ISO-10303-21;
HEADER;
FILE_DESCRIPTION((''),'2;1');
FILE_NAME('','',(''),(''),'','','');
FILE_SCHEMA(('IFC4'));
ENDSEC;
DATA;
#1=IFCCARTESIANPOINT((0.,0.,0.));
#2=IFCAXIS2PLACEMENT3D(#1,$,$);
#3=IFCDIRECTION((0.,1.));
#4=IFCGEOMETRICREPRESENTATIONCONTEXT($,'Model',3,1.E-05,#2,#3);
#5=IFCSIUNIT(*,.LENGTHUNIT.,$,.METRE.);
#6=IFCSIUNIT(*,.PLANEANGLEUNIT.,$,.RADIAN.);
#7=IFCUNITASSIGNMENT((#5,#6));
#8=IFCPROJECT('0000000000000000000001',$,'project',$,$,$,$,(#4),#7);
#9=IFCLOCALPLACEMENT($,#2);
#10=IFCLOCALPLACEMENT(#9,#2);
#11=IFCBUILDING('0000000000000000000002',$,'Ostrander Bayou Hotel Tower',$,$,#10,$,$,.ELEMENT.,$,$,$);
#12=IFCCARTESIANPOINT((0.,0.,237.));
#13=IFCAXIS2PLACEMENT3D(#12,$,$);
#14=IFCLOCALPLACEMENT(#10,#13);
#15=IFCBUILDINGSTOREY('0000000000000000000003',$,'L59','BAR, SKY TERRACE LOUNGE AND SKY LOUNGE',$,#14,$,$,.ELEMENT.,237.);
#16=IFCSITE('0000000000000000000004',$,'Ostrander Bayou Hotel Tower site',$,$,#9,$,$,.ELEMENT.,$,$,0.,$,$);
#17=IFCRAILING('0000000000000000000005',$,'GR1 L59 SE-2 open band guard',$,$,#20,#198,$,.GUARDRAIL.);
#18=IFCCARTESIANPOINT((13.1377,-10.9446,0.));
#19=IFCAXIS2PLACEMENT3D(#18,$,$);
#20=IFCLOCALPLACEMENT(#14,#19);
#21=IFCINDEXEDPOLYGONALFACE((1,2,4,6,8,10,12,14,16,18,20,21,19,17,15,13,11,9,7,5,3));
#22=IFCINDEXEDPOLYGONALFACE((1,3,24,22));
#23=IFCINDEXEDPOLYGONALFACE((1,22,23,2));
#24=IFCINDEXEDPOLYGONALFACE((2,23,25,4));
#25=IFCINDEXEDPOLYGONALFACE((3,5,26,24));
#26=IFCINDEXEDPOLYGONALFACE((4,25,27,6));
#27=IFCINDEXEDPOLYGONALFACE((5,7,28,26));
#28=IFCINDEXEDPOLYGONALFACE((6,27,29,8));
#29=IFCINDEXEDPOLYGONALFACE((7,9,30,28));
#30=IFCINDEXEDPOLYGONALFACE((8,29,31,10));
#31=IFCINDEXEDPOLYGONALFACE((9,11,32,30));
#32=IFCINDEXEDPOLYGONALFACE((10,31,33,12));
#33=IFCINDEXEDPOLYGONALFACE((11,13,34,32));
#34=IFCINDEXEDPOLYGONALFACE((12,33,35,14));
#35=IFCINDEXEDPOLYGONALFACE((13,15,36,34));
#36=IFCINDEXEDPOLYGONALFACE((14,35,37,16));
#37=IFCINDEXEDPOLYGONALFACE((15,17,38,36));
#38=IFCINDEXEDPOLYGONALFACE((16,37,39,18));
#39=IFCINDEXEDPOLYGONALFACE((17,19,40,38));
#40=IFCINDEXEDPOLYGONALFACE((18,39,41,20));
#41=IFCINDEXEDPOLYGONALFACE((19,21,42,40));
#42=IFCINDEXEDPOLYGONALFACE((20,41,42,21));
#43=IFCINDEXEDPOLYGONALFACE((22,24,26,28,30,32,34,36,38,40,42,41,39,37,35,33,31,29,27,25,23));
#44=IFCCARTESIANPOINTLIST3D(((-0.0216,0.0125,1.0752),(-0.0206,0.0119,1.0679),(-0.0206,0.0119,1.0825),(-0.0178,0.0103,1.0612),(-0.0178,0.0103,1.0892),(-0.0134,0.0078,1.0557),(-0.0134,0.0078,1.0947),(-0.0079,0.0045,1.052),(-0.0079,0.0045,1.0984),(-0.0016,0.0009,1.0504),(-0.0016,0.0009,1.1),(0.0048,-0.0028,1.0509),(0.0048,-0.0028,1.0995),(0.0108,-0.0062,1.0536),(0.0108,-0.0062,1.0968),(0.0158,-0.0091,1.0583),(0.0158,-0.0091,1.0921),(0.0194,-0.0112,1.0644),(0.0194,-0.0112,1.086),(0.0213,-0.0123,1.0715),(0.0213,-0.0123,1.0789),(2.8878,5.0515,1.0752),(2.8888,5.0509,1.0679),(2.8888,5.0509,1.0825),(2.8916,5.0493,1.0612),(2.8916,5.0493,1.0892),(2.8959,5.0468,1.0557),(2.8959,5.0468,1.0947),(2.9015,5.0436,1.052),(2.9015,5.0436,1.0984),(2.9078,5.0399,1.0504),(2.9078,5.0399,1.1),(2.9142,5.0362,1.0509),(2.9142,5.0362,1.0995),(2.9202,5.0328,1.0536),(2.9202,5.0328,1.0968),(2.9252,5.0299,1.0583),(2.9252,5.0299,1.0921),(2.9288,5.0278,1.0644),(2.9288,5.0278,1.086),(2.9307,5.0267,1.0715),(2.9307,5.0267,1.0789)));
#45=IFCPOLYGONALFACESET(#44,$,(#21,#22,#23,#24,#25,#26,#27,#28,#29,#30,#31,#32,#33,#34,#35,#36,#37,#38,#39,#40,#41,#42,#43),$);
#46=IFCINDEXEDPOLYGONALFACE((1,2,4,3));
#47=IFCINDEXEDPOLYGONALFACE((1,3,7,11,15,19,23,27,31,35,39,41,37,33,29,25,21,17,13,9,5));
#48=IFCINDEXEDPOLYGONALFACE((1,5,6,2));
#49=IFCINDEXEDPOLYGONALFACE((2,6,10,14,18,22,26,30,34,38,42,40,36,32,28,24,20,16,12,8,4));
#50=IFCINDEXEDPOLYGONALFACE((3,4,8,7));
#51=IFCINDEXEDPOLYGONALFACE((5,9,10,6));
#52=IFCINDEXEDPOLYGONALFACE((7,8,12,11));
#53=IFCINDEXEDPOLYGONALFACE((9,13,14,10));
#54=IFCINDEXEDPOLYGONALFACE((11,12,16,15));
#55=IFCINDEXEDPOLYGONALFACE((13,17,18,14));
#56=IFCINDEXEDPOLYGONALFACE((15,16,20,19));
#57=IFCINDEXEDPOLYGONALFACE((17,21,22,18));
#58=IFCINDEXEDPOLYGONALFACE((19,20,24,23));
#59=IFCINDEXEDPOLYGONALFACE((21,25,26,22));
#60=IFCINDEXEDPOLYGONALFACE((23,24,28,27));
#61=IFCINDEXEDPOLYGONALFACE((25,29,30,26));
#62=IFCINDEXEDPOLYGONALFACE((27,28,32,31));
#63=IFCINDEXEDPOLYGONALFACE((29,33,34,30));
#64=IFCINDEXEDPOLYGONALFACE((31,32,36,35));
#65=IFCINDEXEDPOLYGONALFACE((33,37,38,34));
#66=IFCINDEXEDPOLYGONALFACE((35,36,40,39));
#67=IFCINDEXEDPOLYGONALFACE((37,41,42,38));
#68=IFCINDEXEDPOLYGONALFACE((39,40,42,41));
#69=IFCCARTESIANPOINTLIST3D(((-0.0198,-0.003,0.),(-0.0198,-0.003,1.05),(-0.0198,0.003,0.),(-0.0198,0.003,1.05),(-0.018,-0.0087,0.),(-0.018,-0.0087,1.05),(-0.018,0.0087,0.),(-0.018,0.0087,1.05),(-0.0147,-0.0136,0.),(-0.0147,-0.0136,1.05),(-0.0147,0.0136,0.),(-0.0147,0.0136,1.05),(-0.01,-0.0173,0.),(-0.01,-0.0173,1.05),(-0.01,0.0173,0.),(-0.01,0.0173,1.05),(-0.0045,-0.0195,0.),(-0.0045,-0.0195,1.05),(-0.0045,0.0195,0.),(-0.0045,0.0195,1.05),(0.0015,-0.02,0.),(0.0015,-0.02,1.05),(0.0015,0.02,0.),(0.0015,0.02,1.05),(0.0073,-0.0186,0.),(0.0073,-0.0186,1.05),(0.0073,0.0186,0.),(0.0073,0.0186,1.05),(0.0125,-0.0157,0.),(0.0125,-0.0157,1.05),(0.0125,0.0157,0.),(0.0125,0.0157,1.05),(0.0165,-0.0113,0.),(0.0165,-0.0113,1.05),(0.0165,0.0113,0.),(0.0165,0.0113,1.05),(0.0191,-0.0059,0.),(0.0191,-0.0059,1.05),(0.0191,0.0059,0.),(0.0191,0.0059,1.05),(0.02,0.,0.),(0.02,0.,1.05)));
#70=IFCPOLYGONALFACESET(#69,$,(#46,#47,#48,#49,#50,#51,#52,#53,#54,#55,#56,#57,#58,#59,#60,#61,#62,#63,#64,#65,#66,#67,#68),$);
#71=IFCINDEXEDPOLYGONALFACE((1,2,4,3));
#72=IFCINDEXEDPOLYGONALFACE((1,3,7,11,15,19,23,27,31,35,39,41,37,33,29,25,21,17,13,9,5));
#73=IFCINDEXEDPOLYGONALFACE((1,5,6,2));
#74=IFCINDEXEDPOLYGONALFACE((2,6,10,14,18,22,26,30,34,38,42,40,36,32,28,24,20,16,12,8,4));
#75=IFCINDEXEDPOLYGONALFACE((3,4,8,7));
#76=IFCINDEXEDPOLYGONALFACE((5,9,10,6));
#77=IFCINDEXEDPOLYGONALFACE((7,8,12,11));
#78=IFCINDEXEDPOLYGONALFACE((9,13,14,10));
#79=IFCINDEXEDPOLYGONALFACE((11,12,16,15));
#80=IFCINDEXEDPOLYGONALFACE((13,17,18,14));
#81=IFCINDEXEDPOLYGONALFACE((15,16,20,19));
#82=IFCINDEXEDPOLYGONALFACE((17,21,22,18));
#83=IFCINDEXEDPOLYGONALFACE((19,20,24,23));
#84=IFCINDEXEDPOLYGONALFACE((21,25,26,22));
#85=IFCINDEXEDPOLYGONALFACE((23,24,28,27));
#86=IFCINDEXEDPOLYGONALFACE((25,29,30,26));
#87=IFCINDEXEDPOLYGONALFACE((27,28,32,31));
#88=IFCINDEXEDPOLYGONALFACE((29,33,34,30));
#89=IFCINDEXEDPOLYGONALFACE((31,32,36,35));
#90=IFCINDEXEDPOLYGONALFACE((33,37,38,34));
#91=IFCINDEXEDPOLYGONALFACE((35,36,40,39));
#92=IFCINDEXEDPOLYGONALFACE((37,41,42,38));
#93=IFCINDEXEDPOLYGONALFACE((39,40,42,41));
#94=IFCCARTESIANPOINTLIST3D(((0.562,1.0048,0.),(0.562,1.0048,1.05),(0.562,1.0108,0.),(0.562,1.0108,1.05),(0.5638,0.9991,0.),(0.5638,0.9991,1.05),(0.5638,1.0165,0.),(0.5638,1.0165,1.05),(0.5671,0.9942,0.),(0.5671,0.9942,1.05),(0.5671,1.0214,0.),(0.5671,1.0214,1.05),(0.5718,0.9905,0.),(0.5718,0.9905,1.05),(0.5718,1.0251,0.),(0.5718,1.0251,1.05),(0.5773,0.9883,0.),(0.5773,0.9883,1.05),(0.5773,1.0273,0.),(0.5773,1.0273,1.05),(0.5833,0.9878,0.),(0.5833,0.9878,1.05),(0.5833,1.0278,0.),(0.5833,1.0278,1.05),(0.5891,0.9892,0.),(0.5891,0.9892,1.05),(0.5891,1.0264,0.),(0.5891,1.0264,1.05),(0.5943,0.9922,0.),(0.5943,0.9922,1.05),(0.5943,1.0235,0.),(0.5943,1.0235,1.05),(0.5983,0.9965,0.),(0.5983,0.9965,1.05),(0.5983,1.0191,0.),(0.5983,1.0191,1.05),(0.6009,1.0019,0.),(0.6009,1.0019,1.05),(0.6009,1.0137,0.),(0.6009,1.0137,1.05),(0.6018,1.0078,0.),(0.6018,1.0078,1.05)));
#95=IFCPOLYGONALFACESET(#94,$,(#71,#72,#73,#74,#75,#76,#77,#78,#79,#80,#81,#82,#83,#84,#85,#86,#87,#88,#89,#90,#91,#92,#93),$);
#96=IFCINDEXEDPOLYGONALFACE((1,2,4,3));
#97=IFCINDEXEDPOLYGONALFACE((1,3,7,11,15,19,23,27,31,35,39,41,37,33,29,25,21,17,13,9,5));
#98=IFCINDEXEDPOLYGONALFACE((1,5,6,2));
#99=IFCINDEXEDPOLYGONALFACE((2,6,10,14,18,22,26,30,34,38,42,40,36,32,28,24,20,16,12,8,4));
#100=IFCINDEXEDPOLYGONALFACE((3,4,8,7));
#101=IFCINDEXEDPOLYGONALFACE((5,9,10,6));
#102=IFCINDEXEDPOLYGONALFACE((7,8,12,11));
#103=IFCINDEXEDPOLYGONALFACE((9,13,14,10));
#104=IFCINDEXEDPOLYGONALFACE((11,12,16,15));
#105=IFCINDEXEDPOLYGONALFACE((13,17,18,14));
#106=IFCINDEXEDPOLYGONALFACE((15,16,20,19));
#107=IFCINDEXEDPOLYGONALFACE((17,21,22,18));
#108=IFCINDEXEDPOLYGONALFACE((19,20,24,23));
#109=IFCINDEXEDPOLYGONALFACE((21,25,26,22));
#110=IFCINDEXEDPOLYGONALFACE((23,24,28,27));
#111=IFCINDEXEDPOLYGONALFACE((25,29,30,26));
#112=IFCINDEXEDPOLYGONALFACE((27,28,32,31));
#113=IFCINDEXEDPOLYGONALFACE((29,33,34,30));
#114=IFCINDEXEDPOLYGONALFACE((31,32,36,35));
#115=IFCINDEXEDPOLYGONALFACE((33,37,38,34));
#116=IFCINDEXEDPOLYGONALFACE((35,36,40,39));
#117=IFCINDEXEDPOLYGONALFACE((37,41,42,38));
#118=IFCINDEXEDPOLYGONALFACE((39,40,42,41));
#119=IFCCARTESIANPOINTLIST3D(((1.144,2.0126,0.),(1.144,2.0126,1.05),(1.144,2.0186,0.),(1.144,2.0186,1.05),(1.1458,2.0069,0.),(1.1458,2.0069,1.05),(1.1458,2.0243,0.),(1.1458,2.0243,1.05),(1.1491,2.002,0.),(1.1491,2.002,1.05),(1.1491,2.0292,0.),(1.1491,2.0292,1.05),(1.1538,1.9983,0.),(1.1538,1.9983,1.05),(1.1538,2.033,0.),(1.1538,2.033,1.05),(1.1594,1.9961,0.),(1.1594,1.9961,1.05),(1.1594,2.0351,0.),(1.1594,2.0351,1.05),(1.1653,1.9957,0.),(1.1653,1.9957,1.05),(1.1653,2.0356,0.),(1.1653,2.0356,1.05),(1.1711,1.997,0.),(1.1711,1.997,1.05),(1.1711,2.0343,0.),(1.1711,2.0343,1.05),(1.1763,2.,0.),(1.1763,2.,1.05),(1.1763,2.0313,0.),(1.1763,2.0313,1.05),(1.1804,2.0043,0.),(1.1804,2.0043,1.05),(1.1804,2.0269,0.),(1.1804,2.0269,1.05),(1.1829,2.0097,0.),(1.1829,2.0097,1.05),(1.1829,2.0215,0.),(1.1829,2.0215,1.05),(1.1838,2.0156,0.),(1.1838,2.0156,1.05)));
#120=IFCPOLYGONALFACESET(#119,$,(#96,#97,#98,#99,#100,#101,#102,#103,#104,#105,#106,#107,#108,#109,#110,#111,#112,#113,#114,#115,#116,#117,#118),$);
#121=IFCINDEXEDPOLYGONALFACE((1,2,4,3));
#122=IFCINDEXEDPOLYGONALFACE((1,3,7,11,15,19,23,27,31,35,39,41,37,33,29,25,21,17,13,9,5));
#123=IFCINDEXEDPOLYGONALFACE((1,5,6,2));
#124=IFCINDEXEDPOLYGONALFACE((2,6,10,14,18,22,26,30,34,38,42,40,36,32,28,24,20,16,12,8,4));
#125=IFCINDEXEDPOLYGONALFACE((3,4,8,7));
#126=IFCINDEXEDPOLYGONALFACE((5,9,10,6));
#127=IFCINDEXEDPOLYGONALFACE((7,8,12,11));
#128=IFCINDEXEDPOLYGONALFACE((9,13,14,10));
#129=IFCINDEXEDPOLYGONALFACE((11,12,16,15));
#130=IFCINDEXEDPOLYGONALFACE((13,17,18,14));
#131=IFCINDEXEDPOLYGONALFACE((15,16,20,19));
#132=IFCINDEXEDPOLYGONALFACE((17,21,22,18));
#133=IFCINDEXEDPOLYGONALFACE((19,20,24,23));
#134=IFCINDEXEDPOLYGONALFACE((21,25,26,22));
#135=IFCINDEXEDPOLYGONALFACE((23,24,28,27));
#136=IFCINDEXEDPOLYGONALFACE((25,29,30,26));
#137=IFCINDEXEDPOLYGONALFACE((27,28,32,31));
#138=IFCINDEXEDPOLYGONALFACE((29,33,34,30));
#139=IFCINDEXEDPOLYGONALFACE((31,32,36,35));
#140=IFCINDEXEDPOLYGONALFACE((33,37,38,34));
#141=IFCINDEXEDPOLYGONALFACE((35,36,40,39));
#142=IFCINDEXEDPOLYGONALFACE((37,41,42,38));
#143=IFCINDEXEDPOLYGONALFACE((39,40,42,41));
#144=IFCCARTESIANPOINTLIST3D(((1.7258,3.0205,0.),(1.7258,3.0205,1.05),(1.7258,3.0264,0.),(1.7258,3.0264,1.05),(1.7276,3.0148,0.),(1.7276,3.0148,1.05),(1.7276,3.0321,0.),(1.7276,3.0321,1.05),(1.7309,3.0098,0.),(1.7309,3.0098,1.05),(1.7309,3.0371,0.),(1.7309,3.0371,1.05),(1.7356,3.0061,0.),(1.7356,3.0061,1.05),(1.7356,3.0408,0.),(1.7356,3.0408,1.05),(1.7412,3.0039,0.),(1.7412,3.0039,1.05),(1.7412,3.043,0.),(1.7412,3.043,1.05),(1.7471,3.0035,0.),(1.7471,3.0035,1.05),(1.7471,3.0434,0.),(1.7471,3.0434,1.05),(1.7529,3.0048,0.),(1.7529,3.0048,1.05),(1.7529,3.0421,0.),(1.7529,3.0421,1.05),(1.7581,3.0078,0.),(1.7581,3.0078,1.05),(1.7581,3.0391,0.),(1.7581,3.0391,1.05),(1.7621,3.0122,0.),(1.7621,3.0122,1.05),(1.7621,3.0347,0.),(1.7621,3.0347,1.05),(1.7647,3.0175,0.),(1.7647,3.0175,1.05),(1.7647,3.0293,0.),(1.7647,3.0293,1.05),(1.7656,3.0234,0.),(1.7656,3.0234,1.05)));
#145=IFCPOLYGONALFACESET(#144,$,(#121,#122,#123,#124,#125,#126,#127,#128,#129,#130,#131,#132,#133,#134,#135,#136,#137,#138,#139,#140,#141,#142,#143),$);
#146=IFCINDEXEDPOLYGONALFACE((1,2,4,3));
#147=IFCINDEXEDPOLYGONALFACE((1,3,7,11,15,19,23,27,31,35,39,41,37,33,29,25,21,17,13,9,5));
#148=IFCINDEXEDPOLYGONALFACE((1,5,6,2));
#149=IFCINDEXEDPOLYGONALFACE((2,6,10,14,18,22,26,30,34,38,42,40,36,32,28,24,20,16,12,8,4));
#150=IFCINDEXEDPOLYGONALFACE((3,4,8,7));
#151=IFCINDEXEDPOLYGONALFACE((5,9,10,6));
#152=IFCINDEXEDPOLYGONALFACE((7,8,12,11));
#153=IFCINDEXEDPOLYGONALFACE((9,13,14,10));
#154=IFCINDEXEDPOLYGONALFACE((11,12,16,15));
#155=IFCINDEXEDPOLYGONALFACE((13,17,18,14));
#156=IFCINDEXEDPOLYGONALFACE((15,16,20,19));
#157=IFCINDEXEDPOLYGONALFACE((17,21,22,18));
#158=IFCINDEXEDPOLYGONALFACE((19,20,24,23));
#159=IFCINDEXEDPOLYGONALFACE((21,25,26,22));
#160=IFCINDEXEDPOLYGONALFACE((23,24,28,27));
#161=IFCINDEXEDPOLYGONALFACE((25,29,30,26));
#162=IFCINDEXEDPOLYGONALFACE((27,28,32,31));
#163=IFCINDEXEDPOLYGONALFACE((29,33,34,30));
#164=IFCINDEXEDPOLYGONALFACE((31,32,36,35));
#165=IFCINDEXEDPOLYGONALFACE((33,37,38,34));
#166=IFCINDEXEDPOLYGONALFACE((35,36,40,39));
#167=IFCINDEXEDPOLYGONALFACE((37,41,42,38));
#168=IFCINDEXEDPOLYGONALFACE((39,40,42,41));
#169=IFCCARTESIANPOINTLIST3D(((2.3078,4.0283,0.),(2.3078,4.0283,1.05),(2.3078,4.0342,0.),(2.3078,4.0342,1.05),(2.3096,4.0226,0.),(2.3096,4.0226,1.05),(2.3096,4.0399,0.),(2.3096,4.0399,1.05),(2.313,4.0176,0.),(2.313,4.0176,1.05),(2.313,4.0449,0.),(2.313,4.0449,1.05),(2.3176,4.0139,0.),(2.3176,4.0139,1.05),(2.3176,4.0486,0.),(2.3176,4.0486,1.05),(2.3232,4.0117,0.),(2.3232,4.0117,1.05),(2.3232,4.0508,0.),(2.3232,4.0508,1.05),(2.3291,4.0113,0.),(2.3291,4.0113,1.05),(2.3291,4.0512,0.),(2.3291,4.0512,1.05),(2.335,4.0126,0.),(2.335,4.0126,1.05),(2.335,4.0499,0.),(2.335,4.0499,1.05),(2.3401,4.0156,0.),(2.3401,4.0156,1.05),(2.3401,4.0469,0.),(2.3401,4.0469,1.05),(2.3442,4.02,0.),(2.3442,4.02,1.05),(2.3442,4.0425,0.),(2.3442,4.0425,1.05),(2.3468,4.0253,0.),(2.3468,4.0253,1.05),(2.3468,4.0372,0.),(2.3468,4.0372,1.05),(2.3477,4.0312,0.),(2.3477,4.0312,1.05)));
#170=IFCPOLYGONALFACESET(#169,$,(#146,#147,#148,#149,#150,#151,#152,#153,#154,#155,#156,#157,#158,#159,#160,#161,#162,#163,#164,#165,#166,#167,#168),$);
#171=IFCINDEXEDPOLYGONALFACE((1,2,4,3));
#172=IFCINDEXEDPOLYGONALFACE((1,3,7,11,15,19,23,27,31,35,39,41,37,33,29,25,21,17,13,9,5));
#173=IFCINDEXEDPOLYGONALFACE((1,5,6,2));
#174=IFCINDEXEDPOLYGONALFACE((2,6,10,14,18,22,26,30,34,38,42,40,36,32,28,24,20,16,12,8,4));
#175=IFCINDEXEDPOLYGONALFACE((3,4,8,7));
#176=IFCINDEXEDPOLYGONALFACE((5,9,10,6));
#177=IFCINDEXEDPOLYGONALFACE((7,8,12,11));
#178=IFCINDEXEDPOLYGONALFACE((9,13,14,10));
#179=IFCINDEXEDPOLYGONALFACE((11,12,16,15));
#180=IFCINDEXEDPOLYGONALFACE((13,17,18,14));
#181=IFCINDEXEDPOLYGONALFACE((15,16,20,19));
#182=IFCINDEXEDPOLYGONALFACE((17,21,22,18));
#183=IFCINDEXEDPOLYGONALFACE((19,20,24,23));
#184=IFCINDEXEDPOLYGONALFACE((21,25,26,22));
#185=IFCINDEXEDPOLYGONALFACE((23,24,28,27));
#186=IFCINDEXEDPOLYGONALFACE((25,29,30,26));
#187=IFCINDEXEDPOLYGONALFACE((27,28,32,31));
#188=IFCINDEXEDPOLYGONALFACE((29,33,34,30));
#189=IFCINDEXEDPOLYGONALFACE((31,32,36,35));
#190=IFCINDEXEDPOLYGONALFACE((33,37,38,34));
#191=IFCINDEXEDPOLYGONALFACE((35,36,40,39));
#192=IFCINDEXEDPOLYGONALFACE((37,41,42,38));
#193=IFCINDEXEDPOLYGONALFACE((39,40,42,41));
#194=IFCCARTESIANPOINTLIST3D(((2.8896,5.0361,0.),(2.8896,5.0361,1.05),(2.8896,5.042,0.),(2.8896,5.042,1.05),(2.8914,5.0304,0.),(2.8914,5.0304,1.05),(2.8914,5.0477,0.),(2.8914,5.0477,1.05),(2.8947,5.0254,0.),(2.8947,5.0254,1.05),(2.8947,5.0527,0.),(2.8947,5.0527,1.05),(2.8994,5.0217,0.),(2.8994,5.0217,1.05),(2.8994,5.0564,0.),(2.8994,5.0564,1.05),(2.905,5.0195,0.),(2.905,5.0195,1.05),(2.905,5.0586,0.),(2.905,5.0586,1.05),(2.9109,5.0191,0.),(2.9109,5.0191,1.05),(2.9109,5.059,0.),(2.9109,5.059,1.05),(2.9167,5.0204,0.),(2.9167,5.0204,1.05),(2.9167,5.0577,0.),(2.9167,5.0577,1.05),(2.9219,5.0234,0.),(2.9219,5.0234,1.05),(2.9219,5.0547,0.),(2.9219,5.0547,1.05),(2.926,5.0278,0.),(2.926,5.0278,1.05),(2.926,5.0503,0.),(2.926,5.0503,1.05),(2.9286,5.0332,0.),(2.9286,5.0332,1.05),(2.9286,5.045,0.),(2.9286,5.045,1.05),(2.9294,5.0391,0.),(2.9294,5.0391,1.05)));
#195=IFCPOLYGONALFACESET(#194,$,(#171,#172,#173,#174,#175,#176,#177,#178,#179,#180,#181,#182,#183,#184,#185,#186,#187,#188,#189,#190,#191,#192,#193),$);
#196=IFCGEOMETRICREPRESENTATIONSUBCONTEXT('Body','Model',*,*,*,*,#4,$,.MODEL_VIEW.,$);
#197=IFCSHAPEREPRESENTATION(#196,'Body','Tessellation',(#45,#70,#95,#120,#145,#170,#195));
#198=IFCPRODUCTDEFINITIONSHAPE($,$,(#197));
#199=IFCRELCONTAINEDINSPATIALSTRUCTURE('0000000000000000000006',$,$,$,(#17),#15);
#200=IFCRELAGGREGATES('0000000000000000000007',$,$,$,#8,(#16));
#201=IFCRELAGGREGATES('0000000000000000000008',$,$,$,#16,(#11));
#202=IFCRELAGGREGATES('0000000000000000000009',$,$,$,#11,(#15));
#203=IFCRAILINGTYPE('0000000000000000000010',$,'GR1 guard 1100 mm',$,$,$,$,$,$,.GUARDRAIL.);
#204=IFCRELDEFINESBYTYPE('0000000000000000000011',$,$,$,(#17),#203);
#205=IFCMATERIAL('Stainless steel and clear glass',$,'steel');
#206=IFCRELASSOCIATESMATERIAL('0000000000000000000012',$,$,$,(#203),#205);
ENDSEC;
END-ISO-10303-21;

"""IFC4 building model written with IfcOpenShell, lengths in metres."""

from ifc_helpers import new_model, si_unit, direction, frame, origin, origin_2d, place, context, subcontext, project, spatial, circle, extrude, material, type_object, element, save


model = new_model("IFC4")

# Units and contexts
model_context = context("Model", 3, precision=1e-05, world=origin(), true_north=direction((0.0, 1.0)))
body_context = subcontext(model_context, "Body", "Model", "MODEL_VIEW")
ifc_project = project(units=[si_unit("LENGTHUNIT", "METRE"), si_unit("PLANEANGLEUNIT", "RADIAN")], contexts=[model_context])

# Site, building, storey
site_placement = place(None, origin())
site = spatial("IfcSite", under=ifc_project, at=site_placement, Name="Ostrander Bayou Hotel Tower site", CompositionType="ELEMENT", RefElevation=0.0)
building_placement = place(site_placement, origin())
building = spatial("IfcBuilding", under=site, at=building_placement, Name="Ostrander Bayou Hotel Tower", CompositionType="ELEMENT")
storey_placement = place(building_placement, frame((0.0, 0.0, 237.0)))
storey = spatial("IfcBuildingStorey", under=building, at=storey_placement, Name="L59", Description="BAR, SKY TERRACE LOUNGE AND SKY LOUNGE", CompositionType="ELEMENT", Elevation=237.0)

# Railing
ifc_material_1 = material(Name="Stainless steel and clear glass", Category="steel")
railing_type_1 = type_object("IfcRailingType", Name="GR1 guard 1100 mm", PredefinedType="GUARDRAIL", material=ifc_material_1)
railing_1_placement = place(storey_placement, frame((13.1377, -10.9446, 0.0)))
element("IfcRailing", 1, at=railing_1_placement, inside=storey, type_object=railing_type_1, Name="GR1 L59 SE-2 open band guard", PredefinedType="GUARDRAIL", context=body_context, shape_type="SweptSolid", body=[
    extrude(circle(Radius=0.0249, at=origin_2d()), frame((0.0, 0.0, 1.0752), z_axis=(0.500015, 0.866016, 0.0), x_axis=(-0.866016, 0.500015, 0.0)), (0.0, 0.0, 1.0), 5.8186),
    extrude(circle(Radius=0.02, at=origin_2d()), origin(), (0.0, 0.0, 1.0), 1.05),
    extrude(circle(Radius=0.02, at=origin_2d()), frame((0.5818, 1.0078, 0.0)), (0.0, 0.0, 1.0), 1.05),
    extrude(circle(Radius=0.02, at=origin_2d()), frame((1.1638, 2.0156, 0.0)), (0.0, 0.0, 1.0), 1.05),
    extrude(circle(Radius=0.02, at=origin_2d()), frame((1.7456, 3.0234, 0.0)), (0.0, 0.0, 1.0), 1.05),
    extrude(circle(Radius=0.02, at=origin_2d()), frame((2.3276, 4.0312, 0.0)), (0.0, 0.0, 1.0), 1.05),
    extrude(circle(Radius=0.02, at=origin_2d()), frame((2.9094, 5.0391, 0.0)), (0.0, 0.0, 1.0), 1.05),
])

save(model, "model.ifc")
